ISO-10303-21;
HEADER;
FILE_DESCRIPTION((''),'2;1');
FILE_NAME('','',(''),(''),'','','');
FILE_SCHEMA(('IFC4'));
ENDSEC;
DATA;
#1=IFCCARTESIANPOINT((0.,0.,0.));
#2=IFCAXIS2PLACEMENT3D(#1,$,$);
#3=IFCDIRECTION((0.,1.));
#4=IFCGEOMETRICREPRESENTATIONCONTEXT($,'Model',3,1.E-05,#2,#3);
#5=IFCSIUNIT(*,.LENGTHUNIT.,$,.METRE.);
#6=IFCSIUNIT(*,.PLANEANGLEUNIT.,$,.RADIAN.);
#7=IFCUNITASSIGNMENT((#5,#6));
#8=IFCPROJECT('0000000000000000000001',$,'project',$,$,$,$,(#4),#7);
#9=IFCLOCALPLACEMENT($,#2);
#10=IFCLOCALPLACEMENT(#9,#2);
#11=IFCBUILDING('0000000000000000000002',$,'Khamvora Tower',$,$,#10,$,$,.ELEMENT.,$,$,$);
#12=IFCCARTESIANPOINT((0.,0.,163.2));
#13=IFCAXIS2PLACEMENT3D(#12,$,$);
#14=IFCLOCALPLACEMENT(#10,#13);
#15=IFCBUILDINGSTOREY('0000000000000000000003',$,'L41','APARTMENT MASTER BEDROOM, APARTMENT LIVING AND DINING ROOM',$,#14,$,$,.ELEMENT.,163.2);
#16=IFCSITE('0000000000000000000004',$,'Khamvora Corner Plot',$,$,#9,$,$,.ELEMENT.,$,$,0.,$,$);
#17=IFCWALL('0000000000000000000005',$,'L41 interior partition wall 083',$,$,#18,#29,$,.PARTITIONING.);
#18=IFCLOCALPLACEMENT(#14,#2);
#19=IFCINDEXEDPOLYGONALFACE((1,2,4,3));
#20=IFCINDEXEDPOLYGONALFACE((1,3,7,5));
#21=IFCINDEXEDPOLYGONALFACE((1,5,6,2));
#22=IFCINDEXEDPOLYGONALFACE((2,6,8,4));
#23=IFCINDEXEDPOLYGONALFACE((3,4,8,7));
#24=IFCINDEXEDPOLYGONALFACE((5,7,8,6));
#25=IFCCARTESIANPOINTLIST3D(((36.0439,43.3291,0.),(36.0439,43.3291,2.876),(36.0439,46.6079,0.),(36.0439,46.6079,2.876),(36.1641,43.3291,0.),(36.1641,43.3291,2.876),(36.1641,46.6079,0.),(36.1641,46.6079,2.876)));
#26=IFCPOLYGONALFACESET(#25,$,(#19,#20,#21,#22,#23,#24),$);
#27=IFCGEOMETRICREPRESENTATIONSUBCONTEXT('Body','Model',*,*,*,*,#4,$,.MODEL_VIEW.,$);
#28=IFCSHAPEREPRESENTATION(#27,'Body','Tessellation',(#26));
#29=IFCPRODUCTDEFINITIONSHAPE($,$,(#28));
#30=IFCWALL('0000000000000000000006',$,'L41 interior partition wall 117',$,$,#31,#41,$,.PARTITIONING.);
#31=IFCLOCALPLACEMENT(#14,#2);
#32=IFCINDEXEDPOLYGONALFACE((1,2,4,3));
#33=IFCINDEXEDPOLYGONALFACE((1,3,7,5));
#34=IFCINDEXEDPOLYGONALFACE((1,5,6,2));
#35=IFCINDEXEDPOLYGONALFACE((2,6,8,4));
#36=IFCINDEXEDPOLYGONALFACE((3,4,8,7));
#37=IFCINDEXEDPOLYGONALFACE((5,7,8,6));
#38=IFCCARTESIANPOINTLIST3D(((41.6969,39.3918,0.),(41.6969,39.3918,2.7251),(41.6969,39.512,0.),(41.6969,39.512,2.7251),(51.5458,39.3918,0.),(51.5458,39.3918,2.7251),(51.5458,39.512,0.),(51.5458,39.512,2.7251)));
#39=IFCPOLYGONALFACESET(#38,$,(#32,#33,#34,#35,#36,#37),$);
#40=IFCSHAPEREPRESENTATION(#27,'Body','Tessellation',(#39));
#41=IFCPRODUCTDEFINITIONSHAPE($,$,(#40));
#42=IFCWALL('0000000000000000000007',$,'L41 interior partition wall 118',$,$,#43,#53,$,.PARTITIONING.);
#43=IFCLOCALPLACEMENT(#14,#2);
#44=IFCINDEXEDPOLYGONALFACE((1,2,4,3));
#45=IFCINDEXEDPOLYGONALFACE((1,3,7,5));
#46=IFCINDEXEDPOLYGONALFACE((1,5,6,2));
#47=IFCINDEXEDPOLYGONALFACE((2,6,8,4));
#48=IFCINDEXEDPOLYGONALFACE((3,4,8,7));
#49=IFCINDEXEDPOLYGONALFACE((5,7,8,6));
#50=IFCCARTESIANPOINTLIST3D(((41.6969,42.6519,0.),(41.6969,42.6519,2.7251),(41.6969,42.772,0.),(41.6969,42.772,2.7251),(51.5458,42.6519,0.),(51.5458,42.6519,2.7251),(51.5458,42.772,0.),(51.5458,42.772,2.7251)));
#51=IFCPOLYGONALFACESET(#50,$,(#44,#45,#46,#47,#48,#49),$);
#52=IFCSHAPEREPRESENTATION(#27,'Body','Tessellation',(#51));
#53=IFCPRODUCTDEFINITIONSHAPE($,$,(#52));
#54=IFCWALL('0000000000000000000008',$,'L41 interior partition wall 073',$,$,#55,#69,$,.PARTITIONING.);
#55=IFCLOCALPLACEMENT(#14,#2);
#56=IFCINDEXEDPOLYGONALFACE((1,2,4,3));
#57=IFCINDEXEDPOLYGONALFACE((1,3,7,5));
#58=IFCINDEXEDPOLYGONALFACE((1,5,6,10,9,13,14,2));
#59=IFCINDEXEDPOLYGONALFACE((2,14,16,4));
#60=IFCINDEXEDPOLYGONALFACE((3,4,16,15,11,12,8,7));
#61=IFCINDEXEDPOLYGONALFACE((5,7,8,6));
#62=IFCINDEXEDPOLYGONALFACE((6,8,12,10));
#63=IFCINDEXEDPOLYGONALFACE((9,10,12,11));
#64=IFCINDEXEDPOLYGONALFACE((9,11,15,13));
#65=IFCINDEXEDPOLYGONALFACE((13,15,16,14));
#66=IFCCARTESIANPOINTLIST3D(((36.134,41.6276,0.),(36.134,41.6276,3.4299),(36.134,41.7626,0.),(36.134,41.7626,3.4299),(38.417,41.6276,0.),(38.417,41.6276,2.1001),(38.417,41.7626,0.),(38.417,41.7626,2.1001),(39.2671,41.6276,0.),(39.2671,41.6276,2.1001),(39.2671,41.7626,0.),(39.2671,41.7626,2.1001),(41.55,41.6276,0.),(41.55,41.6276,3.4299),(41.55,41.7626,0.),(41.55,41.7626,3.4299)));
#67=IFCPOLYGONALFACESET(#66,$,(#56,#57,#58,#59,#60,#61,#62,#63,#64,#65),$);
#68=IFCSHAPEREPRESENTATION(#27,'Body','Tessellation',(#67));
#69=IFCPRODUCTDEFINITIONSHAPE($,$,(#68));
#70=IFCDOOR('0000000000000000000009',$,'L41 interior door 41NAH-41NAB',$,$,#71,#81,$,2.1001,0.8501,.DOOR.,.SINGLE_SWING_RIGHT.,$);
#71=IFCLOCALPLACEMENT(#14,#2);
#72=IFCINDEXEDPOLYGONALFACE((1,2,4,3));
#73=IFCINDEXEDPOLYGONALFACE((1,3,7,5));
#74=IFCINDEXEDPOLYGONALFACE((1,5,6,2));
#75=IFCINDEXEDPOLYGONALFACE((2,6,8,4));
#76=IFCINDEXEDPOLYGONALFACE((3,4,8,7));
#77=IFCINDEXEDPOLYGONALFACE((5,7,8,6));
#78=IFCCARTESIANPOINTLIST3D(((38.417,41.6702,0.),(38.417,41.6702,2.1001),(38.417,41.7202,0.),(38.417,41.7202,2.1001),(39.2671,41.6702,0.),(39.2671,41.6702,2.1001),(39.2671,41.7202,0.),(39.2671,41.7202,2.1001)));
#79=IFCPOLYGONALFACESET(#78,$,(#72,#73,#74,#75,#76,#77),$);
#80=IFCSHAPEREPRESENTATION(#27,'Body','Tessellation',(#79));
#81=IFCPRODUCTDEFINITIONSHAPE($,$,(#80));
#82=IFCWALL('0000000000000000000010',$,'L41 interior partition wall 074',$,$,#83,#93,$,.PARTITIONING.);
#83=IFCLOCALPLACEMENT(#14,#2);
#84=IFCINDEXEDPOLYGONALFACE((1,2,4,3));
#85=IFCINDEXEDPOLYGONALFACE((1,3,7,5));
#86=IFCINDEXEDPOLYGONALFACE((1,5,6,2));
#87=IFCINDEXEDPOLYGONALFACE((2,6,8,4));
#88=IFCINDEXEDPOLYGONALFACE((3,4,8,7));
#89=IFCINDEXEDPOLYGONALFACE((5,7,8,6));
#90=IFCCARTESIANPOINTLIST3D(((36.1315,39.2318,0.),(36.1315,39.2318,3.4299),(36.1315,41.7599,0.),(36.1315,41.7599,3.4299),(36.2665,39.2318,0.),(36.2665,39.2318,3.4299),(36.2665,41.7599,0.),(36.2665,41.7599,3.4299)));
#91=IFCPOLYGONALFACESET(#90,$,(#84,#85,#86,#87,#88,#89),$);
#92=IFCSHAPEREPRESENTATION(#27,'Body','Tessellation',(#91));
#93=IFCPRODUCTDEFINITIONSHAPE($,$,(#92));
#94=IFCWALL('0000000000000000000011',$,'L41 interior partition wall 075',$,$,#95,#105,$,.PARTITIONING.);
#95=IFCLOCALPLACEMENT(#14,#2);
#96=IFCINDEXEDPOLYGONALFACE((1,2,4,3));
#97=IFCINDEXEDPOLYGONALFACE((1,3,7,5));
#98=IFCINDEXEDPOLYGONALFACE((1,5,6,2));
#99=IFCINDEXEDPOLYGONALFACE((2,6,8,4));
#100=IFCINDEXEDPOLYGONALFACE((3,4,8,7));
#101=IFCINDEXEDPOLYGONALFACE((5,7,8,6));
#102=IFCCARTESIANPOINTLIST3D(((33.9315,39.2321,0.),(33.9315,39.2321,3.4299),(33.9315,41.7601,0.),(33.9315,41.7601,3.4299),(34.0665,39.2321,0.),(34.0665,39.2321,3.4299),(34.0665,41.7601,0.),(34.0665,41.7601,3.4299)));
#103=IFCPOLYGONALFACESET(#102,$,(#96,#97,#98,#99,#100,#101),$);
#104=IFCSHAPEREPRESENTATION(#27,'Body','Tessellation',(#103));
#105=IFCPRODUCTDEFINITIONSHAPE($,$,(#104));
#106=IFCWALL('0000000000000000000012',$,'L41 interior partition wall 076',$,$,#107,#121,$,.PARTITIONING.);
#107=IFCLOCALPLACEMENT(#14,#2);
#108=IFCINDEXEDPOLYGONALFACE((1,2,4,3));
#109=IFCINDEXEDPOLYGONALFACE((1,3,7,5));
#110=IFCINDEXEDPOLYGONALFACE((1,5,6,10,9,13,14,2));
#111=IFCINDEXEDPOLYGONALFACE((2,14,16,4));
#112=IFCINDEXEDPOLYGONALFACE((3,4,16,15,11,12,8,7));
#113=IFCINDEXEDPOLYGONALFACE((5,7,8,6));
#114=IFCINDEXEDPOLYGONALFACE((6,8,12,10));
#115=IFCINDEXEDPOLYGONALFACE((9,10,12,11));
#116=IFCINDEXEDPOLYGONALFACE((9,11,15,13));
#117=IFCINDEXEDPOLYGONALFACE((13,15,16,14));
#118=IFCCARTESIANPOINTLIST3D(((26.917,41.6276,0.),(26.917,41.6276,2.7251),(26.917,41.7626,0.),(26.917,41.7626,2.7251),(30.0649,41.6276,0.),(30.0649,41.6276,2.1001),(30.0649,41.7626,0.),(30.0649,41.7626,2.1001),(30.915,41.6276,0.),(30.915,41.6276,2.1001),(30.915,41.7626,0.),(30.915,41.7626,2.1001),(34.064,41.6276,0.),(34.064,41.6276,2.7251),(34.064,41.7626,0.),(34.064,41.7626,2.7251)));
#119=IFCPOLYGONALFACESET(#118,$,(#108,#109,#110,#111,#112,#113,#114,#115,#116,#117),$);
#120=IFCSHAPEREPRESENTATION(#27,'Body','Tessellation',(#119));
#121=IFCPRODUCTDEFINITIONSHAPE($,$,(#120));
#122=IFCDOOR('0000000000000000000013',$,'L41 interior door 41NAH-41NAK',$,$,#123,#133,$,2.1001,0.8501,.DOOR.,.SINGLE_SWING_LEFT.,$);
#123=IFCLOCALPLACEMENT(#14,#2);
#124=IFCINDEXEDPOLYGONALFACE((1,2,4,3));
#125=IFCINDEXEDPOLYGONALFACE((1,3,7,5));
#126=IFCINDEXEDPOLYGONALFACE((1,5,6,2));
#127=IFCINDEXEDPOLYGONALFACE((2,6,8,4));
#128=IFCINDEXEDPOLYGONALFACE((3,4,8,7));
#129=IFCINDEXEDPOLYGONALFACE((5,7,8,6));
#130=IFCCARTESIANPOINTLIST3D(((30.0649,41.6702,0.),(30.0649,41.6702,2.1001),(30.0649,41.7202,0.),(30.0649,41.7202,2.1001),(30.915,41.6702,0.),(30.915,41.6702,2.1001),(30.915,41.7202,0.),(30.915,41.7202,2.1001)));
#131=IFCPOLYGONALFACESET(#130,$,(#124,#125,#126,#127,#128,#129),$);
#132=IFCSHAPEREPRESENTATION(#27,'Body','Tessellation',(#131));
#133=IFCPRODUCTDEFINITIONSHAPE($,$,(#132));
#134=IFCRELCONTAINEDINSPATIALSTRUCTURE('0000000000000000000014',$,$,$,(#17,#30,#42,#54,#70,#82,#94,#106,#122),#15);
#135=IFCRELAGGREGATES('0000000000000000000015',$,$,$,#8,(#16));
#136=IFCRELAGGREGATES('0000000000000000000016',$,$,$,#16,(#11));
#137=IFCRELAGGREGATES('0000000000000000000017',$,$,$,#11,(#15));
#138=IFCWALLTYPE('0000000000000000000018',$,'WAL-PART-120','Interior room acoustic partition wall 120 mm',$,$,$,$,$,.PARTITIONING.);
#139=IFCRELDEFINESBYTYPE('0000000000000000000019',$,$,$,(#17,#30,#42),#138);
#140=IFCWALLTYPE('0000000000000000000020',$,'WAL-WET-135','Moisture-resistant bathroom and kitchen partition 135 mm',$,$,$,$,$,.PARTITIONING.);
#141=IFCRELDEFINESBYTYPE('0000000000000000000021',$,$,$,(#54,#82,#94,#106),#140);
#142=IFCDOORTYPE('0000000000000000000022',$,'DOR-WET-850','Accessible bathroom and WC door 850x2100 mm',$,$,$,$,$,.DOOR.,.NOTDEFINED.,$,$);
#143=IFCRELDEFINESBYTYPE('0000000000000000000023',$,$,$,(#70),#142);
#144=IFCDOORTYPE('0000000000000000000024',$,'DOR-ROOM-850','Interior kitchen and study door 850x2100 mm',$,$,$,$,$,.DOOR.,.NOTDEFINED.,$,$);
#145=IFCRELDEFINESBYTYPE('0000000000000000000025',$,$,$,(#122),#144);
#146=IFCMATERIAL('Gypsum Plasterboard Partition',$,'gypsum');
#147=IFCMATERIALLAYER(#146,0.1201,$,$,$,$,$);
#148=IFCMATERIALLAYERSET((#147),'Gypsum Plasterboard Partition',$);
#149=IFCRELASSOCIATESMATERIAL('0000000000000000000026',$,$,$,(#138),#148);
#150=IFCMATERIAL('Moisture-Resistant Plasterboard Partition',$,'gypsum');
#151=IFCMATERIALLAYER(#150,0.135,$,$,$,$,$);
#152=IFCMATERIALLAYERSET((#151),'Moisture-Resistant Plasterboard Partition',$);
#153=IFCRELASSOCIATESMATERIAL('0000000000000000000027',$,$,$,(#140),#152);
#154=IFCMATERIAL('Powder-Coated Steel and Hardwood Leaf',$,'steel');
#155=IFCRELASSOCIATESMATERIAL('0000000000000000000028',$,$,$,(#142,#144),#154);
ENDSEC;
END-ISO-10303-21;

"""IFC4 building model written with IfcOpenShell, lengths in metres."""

from ifc_helpers import new_model, si_unit, direction, frame, frame_2d, origin, place, context, subcontext, project, spatial, rectangle, extrude, material, layer, layer_set, type_object, element, fill, save


model = new_model("IFC4")

# Units and contexts
model_context = context("Model", 3, precision=1e-05, world=origin(), true_north=direction((0.0, 1.0)))
body_context = subcontext(model_context, "Body", "Model", "MODEL_VIEW")
ifc_project = project(units=[si_unit("LENGTHUNIT", "METRE"), si_unit("PLANEANGLEUNIT", "RADIAN")], contexts=[model_context])

# Site, building, storey
site_placement = place(None, origin())
site = spatial("IfcSite", under=ifc_project, at=site_placement, Name="Khamvora Corner Plot", CompositionType="ELEMENT", RefElevation=0.0)
building_placement = place(site_placement, origin())
building = spatial("IfcBuilding", under=site, at=building_placement, Name="Khamvora Tower", CompositionType="ELEMENT")
storey_placement = place(building_placement, frame((0.0, 0.0, 163.2)))
storey = spatial("IfcBuildingStorey", under=building, at=storey_placement, Name="L41", Description="APARTMENT MASTER BEDROOM, APARTMENT LIVING AND DINING ROOM", CompositionType="ELEMENT", Elevation=163.2)

# Shared definitions
ifc_material_1 = material(Name="Powder-Coated Steel and Hardwood Leaf", Category="steel")

# Shared definitions
ifc_material_2 = material(Name="Gypsum Plasterboard Partition", Category="gypsum")
ifc_layer_1 = layer(ifc_material_2, 0.1201)
ifc_layer_set_1 = layer_set([ifc_layer_1], Name="Gypsum Plasterboard Partition")
wall_type_1 = type_object("IfcWallType", Name="WAL-PART-120", Description="Interior room acoustic partition wall 120 mm", PredefinedType="PARTITIONING", material=ifc_layer_set_1)

# Walls
wall_1_placement = place(storey_placement, frame((36.104, 46.6079, 0.0), z_axis=(0.0, 0.0, 1.0), x_axis=(0.0, -1.0, 0.0)))
element("IfcWall", 1, at=wall_1_placement, inside=storey, type_object=wall_type_1, Name="L41 interior partition wall 083", PredefinedType="PARTITIONING", context=body_context, shape_type="SweptSolid", body=[
    extrude(rectangle(XDim=3.2788, YDim=0.1201, at=frame_2d((1.6394, 0.0))), origin(), (0.0, 0.0, 1.0), 2.876),
])
for number, where, z_axis, x_axis, name in (
    (2, (41.697, 39.4519, 0.0), (0.0, 0.0, 1.0), (1.0, 0.0, 0.0), "L41 interior partition wall 117"),
    (3, (41.697, 42.7119, 0.0), (0.0, 0.0, 1.0), (1.0, 0.0, 0.0), "L41 interior partition wall 118"),
):
    element("IfcWall", number, at=place(storey_placement, frame(where, z_axis=z_axis, x_axis=x_axis)), inside=storey, type_object=wall_type_1, Name=name, PredefinedType="PARTITIONING", context=body_context, shape_type="SweptSolid", body=[
        extrude(rectangle(XDim=9.8489, YDim=0.1201, at=frame_2d((4.9243, 0.0))), origin(), (0.0, 0.0, 1.0), 2.7251),
    ])

# Wall, opening, door
ifc_material_3 = material(Name="Moisture-Resistant Plasterboard Partition", Category="gypsum")
ifc_layer_2 = layer(ifc_material_3, 0.135)
ifc_layer_set_2 = layer_set([ifc_layer_2], Name="Moisture-Resistant Plasterboard Partition")
wall_type_2 = type_object("IfcWallType", Name="WAL-WET-135", Description="Moisture-resistant bathroom and kitchen partition 135 mm", PredefinedType="PARTITIONING", material=ifc_layer_set_2)
wall_2_placement = place(storey_placement, frame((41.55, 41.6951, 0.0), z_axis=(0.0, 0.0, 1.0), x_axis=(-1.0, 0.0, 0.0)))
wall_2 = element("IfcWall", 4, at=wall_2_placement, inside=storey, type_object=wall_type_2, Name="L41 interior partition wall 073", PredefinedType="PARTITIONING", context=body_context, shape_type="SweptSolid", body=[
    extrude(rectangle(XDim=5.416, YDim=0.135, at=frame_2d((2.708, 0.0))), origin(), (0.0, 0.0, 1.0), 3.4299),
])
opening_1_placement = place(wall_2_placement, frame((2.283, 0.0, 0.0)))
opening_1 = element("IfcOpeningElement", 5, at=opening_1_placement, cuts=wall_2, PredefinedType="OPENING", context=body_context, shape_type="SweptSolid", body=[
    extrude(rectangle(XDim=0.8501, YDim=2.1001, at=frame_2d((0.425, 1.05))), frame((0.0, 0.0774, 0.0), z_axis=(0.0, -1.0, 0.0), x_axis=(1.0, 0.0, 0.0)), (0.0, 0.0, 1.0), 0.155),
])
door_type_1 = type_object("IfcDoorType", Name="DOR-WET-850", Description="Accessible bathroom and WC door 850x2100 mm", OperationType="NOTDEFINED", PredefinedType="DOOR", material=ifc_material_1)
door_1_placement = place(opening_1_placement, origin())
door_1 = element("IfcDoor", 6, at=door_1_placement, inside=storey, type_object=door_type_1, Name="L41 interior door 41NAH-41NAB", OperationType="SINGLE_SWING_RIGHT", OverallHeight=2.1001, OverallWidth=0.8501, PredefinedType="DOOR", context=body_context, shape_type="SweptSolid", body=[
    extrude(rectangle(XDim=0.8501, YDim=2.1001, at=frame_2d((0.425, 1.05))), frame((0.0, 0.0249, 0.0), z_axis=(0.0, -1.0, 0.0), x_axis=(1.0, 0.0, 0.0)), (0.0, 0.0, 1.0), 0.05),
])
fill(opening_1, door_1)

# Walls
for number, where, z_axis, x_axis, name in (
    (7, (36.199, 41.76, 0.0), (0.0, 0.0, 1.0), (0.0, -1.0, 0.0), "L41 interior partition wall 074"),
    (8, (33.999, 39.2319, 0.0), (0.0, 0.0, 1.0), (0.0, 1.0, 0.0), "L41 interior partition wall 075"),
):
    element("IfcWall", number, at=place(storey_placement, frame(where, z_axis=z_axis, x_axis=x_axis)), inside=storey, type_object=wall_type_2, Name=name, PredefinedType="PARTITIONING", context=body_context, shape_type="SweptSolid", body=[
        extrude(rectangle(XDim=2.5281, YDim=0.135, at=frame_2d((1.2642, 0.0))), origin(), (0.0, 0.0, 1.0), 3.4299),
    ])

# Wall, opening, door
wall_3_placement = place(storey_placement, frame((34.064, 41.6951, 0.0), z_axis=(0.0, 0.0, 1.0), x_axis=(-1.0, 0.0, 0.0)))
wall_3 = element("IfcWall", 9, at=wall_3_placement, inside=storey, type_object=wall_type_2, Name="L41 interior partition wall 076", PredefinedType="PARTITIONING", context=body_context, shape_type="SweptSolid", body=[
    extrude(rectangle(XDim=7.147, YDim=0.135, at=frame_2d((3.5735, 0.0))), origin(), (0.0, 0.0, 1.0), 2.7251),
])
opening_2_placement = place(wall_3_placement, frame((3.1489, 0.0, 0.0)))
opening_2 = element("IfcOpeningElement", 10, at=opening_2_placement, cuts=wall_3, PredefinedType="OPENING", context=body_context, shape_type="SweptSolid", body=[
    extrude(rectangle(XDim=0.8501, YDim=2.1001, at=frame_2d((0.425, 1.05))), frame((0.0, 0.0774, 0.0), z_axis=(0.0, -1.0, 0.0), x_axis=(1.0, 0.0, 0.0)), (0.0, 0.0, 1.0), 0.155),
])
door_type_2 = type_object("IfcDoorType", Name="DOR-ROOM-850", Description="Interior kitchen and study door 850x2100 mm", OperationType="NOTDEFINED", PredefinedType="DOOR", material=ifc_material_1)
door_2_placement = place(opening_2_placement, origin())
door_2 = element("IfcDoor", 11, at=door_2_placement, inside=storey, type_object=door_type_2, Name="L41 interior door 41NAH-41NAK", OperationType="SINGLE_SWING_LEFT", OverallHeight=2.1001, OverallWidth=0.8501, PredefinedType="DOOR", context=body_context, shape_type="SweptSolid", body=[
    extrude(rectangle(XDim=0.8501, YDim=2.1001, at=frame_2d((0.425, 1.05))), frame((0.0, 0.0249, 0.0), z_axis=(0.0, -1.0, 0.0), x_axis=(1.0, 0.0, 0.0)), (0.0, 0.0, 1.0), 0.05),
])
fill(opening_2, door_2)

save(model, "model.ifc")
